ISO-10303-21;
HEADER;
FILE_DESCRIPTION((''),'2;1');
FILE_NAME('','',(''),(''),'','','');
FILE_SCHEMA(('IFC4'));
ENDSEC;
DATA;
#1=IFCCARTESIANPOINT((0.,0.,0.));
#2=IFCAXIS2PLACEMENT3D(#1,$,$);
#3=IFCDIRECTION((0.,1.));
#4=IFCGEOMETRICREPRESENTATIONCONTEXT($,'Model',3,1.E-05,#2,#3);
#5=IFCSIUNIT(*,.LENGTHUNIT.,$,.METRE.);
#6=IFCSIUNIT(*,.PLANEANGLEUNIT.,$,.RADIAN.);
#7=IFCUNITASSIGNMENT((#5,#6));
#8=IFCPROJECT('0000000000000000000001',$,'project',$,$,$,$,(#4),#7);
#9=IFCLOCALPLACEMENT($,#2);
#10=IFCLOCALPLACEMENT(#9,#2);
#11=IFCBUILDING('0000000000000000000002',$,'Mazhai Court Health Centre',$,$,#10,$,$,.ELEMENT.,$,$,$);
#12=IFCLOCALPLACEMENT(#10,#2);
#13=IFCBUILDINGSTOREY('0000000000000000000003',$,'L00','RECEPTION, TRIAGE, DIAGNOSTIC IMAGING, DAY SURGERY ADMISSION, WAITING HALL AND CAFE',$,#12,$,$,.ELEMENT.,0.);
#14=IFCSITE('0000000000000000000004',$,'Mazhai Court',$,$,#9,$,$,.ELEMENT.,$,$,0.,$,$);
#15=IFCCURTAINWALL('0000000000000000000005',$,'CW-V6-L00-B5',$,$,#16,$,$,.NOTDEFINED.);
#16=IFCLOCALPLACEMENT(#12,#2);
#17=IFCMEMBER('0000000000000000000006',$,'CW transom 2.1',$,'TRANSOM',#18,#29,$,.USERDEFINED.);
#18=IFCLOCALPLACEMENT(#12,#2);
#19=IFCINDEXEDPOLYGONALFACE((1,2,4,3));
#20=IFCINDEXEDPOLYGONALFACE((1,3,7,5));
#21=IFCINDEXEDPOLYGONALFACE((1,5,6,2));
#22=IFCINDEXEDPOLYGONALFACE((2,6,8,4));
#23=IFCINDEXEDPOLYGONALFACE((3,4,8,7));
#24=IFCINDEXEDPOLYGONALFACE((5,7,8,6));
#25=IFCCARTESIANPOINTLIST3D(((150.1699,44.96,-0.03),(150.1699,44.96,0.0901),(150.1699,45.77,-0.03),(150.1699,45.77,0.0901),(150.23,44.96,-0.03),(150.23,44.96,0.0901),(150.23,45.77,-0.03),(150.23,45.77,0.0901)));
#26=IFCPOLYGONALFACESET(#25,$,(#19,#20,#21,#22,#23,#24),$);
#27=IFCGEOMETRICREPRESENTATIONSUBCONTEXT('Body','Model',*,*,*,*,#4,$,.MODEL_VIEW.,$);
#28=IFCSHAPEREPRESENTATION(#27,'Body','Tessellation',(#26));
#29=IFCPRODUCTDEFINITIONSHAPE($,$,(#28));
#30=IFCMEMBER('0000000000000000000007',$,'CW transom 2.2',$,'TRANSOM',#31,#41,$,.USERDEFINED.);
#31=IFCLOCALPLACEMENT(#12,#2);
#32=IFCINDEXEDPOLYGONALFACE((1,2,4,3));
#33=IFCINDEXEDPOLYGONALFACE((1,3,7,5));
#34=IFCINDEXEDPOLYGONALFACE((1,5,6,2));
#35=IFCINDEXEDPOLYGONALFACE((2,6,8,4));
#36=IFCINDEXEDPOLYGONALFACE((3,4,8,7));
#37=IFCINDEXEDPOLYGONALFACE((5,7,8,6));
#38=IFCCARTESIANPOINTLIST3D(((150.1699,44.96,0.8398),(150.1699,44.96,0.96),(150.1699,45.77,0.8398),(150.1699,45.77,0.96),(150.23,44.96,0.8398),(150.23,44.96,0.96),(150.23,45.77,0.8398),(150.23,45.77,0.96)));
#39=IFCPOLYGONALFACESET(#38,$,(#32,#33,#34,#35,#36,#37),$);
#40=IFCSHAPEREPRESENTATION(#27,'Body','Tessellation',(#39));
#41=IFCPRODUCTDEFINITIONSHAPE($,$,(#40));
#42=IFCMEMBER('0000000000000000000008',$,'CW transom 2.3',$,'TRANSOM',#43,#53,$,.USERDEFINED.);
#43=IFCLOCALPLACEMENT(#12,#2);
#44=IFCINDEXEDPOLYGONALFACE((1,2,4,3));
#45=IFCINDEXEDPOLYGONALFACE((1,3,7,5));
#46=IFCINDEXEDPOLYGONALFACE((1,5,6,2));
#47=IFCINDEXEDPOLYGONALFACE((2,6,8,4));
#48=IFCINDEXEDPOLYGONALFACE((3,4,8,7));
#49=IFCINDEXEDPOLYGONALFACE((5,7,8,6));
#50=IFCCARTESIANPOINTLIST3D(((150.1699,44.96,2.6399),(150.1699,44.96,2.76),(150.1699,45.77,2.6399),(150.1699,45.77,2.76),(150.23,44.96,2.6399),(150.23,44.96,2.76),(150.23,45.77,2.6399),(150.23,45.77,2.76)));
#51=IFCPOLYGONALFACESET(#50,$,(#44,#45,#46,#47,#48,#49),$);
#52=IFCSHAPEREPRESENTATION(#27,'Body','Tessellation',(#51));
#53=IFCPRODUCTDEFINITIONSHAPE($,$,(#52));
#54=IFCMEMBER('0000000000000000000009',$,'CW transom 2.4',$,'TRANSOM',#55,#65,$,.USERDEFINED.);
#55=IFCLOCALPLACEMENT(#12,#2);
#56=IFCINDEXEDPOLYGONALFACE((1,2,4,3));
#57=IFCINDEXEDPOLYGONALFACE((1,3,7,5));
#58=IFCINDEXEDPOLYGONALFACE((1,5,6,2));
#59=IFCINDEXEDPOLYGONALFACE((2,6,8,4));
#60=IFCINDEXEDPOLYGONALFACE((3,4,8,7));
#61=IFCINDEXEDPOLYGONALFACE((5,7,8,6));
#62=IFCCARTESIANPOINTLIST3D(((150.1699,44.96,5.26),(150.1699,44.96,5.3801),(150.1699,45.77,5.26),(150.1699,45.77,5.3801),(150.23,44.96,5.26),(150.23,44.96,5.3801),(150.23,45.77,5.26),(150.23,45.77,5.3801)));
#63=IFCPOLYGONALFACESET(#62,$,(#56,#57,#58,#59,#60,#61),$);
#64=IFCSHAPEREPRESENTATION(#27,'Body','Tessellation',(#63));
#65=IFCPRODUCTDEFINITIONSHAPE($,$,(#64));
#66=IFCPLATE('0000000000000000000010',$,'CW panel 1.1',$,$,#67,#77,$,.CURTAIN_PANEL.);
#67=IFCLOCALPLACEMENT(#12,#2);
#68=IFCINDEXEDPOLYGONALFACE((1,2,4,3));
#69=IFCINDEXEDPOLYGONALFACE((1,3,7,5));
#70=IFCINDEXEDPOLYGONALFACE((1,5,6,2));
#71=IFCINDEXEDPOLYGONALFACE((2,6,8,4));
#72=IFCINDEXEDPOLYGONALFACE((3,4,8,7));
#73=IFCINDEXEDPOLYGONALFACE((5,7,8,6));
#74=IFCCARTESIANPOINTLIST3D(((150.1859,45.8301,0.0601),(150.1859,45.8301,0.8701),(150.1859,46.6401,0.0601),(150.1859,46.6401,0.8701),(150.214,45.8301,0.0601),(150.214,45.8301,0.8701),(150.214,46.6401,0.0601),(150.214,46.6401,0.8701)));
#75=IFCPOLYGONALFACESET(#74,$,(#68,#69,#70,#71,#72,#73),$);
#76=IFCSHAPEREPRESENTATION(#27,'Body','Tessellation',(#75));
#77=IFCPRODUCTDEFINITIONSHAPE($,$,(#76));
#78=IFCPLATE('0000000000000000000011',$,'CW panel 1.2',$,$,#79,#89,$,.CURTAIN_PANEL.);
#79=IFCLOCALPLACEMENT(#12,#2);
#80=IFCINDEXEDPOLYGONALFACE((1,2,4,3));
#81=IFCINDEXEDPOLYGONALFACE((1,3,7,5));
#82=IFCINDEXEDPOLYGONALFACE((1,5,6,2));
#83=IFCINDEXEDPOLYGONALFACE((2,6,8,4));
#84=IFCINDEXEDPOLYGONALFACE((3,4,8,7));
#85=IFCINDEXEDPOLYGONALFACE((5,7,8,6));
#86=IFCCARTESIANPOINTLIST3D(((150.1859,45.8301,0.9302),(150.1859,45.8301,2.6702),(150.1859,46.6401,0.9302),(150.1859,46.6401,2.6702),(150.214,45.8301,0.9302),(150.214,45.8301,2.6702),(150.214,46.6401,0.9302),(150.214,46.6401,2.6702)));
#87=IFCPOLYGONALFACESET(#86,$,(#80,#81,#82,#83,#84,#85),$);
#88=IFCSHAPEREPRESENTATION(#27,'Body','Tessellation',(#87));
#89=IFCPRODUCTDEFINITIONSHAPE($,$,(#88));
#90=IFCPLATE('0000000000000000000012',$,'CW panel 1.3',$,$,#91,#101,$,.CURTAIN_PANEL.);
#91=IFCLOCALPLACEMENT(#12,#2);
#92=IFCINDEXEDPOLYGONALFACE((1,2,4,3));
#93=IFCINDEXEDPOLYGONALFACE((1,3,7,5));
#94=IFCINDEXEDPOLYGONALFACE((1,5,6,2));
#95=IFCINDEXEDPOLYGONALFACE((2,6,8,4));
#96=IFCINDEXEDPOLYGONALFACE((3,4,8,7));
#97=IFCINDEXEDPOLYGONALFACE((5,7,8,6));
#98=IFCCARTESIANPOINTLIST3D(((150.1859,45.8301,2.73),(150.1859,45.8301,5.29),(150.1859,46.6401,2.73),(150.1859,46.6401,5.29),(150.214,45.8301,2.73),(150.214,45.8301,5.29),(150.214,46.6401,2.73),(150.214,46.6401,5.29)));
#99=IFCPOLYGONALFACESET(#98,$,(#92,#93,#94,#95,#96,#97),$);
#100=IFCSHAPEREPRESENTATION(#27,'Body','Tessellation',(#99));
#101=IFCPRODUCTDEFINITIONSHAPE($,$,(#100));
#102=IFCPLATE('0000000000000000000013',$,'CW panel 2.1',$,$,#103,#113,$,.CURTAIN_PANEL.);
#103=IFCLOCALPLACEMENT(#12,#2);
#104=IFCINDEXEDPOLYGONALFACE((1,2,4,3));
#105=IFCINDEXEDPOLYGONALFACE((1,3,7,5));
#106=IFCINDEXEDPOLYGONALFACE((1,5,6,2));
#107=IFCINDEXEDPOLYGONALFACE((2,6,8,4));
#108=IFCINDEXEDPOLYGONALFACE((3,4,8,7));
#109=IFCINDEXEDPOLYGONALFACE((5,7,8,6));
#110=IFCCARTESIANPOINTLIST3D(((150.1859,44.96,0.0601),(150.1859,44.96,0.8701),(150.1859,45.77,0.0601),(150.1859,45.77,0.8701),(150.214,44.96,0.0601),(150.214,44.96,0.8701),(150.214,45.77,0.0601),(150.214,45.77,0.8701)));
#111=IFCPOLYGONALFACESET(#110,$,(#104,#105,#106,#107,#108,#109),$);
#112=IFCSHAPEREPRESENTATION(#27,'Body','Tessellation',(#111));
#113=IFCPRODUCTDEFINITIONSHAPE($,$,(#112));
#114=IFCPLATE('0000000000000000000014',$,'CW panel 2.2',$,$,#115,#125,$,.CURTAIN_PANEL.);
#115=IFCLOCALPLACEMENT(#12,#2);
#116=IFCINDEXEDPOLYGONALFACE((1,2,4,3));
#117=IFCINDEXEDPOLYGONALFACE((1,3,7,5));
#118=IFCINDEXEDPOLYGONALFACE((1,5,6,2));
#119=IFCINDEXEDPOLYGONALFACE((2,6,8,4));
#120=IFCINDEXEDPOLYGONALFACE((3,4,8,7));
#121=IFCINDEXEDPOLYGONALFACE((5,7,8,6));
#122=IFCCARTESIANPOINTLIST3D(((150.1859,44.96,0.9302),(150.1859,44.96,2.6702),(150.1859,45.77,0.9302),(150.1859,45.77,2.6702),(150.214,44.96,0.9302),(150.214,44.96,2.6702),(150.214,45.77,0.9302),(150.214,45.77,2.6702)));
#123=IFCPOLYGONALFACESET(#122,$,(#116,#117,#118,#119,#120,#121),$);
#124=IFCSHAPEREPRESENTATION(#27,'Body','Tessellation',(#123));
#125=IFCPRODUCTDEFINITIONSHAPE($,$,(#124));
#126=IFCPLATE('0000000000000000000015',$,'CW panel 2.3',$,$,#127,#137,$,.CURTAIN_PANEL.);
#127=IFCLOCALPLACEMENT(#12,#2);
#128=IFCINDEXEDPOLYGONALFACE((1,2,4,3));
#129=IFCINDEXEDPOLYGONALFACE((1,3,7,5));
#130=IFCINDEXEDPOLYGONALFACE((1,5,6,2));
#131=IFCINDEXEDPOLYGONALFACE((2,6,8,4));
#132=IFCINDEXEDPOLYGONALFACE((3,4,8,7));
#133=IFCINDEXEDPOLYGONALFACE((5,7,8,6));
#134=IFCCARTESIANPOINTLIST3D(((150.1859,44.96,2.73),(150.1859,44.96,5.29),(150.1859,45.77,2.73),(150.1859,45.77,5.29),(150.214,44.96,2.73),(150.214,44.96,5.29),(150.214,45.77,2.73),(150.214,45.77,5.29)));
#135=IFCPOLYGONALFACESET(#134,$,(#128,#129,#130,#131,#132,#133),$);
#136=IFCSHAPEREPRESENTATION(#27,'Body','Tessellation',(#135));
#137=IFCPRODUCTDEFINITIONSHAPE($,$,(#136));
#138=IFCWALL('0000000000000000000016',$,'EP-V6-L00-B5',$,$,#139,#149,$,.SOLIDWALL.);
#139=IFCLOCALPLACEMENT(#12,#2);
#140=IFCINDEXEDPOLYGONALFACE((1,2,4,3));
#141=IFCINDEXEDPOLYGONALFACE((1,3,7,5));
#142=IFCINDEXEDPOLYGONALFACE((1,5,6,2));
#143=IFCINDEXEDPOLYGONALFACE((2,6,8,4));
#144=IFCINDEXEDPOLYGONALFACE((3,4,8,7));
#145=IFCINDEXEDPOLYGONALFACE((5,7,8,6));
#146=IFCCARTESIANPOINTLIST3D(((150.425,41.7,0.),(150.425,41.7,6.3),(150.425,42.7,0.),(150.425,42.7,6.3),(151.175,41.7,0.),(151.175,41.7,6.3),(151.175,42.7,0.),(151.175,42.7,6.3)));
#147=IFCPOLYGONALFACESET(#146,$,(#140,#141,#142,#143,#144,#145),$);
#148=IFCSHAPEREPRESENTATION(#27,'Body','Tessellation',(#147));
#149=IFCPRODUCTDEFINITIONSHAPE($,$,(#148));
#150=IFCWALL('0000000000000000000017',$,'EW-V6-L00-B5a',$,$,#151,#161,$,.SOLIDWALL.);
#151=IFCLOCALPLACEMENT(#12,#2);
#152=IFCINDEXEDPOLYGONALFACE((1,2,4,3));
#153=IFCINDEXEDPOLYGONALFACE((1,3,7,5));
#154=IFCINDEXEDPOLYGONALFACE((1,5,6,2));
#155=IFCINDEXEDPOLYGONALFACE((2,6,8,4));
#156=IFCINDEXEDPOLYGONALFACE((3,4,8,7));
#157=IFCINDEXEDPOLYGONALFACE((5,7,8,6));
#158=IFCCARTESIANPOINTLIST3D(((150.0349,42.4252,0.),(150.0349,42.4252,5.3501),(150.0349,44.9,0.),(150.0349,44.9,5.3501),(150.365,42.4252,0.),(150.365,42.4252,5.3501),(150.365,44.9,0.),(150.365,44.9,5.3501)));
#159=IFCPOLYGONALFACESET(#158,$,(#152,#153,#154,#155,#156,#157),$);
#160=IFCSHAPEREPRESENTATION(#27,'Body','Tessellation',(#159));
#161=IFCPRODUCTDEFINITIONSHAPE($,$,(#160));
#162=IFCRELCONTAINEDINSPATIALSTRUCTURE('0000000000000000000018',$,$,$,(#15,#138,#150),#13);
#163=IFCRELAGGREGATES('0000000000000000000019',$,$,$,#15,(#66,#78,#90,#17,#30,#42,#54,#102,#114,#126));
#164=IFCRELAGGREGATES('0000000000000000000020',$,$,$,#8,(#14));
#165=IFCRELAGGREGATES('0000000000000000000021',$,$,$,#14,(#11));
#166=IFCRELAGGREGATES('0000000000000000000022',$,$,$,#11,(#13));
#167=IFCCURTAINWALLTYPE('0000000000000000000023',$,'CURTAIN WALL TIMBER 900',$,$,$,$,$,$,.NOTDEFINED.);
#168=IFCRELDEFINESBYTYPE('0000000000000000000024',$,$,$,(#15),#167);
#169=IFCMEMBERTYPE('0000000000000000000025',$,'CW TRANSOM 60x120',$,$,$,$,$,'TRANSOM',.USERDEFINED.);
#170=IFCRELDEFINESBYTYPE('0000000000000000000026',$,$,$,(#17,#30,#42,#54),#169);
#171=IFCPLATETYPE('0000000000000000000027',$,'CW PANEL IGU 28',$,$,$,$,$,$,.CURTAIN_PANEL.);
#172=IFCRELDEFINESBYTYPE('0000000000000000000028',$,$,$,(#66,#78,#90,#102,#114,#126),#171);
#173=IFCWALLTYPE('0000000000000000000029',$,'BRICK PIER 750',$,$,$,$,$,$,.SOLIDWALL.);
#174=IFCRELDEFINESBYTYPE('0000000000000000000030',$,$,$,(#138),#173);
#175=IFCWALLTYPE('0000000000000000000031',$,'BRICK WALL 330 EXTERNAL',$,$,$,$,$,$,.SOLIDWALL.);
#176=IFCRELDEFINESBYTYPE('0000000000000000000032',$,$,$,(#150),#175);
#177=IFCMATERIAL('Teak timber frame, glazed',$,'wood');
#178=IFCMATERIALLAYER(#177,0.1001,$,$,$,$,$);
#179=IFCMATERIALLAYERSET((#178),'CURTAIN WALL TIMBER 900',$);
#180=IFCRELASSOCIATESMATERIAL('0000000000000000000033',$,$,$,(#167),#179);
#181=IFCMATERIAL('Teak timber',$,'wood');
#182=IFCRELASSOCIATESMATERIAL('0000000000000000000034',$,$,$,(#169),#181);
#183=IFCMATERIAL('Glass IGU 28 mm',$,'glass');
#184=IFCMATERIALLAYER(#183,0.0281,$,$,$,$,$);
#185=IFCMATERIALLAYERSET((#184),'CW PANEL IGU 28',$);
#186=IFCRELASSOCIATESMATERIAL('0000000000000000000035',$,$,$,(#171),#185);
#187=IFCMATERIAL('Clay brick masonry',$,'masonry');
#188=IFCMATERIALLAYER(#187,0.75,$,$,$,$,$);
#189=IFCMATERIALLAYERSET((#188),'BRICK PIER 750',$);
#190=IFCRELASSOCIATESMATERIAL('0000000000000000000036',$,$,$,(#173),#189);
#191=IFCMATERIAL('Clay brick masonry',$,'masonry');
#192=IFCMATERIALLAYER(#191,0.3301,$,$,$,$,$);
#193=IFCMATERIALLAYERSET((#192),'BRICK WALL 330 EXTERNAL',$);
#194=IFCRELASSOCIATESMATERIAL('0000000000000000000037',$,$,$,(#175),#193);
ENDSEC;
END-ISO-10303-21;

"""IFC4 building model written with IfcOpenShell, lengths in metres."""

from ifc_helpers import new_model, si_unit, direction, frame, frame_2d, origin, origin_2d, place, context, subcontext, project, spatial, rectangle, extrude, material, layer, layer_set, material_profile, profile_set, type_object, element, aggregate, save


model = new_model("IFC4")

# Units and contexts
model_context = context("Model", 3, precision=1e-05, world=origin(), true_north=direction((0.0, 1.0)))
body_context = subcontext(model_context, "Body", "Model", "MODEL_VIEW")
ifc_project = project(units=[si_unit("LENGTHUNIT", "METRE"), si_unit("PLANEANGLEUNIT", "RADIAN")], contexts=[model_context])

# Site, building, storey
site_placement = place(None, origin())
site = spatial("IfcSite", under=ifc_project, at=site_placement, Name="Mazhai Court", CompositionType="ELEMENT", RefElevation=0.0)
building_placement = place(site_placement, origin())
building = spatial("IfcBuilding", under=site, at=building_placement, Name="Mazhai Court Health Centre", CompositionType="ELEMENT")
storey_placement = place(building_placement, origin())
storey = spatial("IfcBuildingStorey", under=building, at=storey_placement, Name="L00", Description="RECEPTION, TRIAGE, DIAGNOSTIC IMAGING, DAY SURGERY ADMISSION, WAITING HALL AND CAFE", CompositionType="ELEMENT", Elevation=0.0)

# Curtain wall, members, plates
ifc_material_1 = material(Name="Teak timber frame, glazed", Category="wood")
ifc_layer_1 = layer(ifc_material_1, 0.1001)
ifc_layer_set_1 = layer_set([ifc_layer_1], Name="CURTAIN WALL TIMBER 900")
curtain_wall_type = type_object("IfcCurtainWallType", Name="CURTAIN WALL TIMBER 900", PredefinedType="NOTDEFINED", material=ifc_layer_set_1)
curtain_wall_placement = place(storey_placement, origin())
curtain_wall = element("IfcCurtainWall", 1, at=curtain_wall_placement, inside=storey, type_object=curtain_wall_type, Name="CW-V6-L00-B5", PredefinedType="NOTDEFINED")
ifc_material_2 = material(Name="Teak timber", Category="wood")
ifc_material_profile_1 = material_profile(ifc_material_2, rectangle(XDim=0.0601, YDim=0.1201, at=origin_2d()), Name="CW TRANSOM 60x120")
ifc_profile_set_1 = profile_set([ifc_material_profile_1], Name="Teak timber")
member_type_1 = type_object("IfcMemberType", Name="CW TRANSOM 60x120", ElementType="TRANSOM", PredefinedType="USERDEFINED", material=ifc_profile_set_1)
member_1_placement = place(storey_placement, frame((150.2, 45.77, 0.03), z_axis=(0.0, -1.0, 0.0), x_axis=(1.0, 0.0, 0.0)))
member_1 = element("IfcMember", 2, at=member_1_placement, type_object=member_type_1, Name="CW transom 2.1", ObjectType="TRANSOM", PredefinedType="USERDEFINED", context=body_context, shape_type="SweptSolid", body=[
    extrude(rectangle(XDim=0.0601, YDim=0.1201, at=origin_2d()), origin(), (0.0, 0.0, 1.0), 0.8101),
])
member_2_placement = place(storey_placement, frame((150.2, 45.77, 0.8999), z_axis=(0.0, -1.0, 0.0), x_axis=(1.0, 0.0, 0.0)))
member_2 = element("IfcMember", 3, at=member_2_placement, type_object=member_type_1, Name="CW transom 2.2", ObjectType="TRANSOM", PredefinedType="USERDEFINED", context=body_context, shape_type="SweptSolid", body=[
    extrude(rectangle(XDim=0.0601, YDim=0.1201, at=origin_2d()), origin(), (0.0, 0.0, 1.0), 0.8101),
])
member_3_placement = place(storey_placement, frame((150.2, 45.77, 2.7), z_axis=(0.0, -1.0, 0.0), x_axis=(1.0, 0.0, 0.0)))
member_3 = element("IfcMember", 4, at=member_3_placement, type_object=member_type_1, Name="CW transom 2.3", ObjectType="TRANSOM", PredefinedType="USERDEFINED", context=body_context, shape_type="SweptSolid", body=[
    extrude(rectangle(XDim=0.0601, YDim=0.1201, at=origin_2d()), origin(), (0.0, 0.0, 1.0), 0.8101),
])
member_4_placement = place(storey_placement, frame((150.2, 45.77, 5.3201), z_axis=(0.0, -1.0, 0.0), x_axis=(1.0, 0.0, 0.0)))
member_4 = element("IfcMember", 5, at=member_4_placement, type_object=member_type_1, Name="CW transom 2.4", ObjectType="TRANSOM", PredefinedType="USERDEFINED", context=body_context, shape_type="SweptSolid", body=[
    extrude(rectangle(XDim=0.0601, YDim=0.1201, at=origin_2d()), origin(), (0.0, 0.0, 1.0), 0.8101),
])
ifc_material_3 = material(Name="Glass IGU 28 mm", Category="glass")
ifc_layer_2 = layer(ifc_material_3, 0.0281)
ifc_layer_set_2 = layer_set([ifc_layer_2], Name="CW PANEL IGU 28")
plate_type = type_object("IfcPlateType", Name="CW PANEL IGU 28", PredefinedType="CURTAIN_PANEL", material=ifc_layer_set_2)
plate_1_placement = place(storey_placement, frame((150.2, 46.2351, 0.0601), z_axis=(0.0, 0.0, 1.0), x_axis=(0.0, -1.0, 0.0)))
plate_1 = element("IfcPlate", 6, at=plate_1_placement, type_object=plate_type, Name="CW panel 1.1", PredefinedType="CURTAIN_PANEL", context=body_context, shape_type="SweptSolid", body=[
    extrude(rectangle(XDim=0.8101, YDim=0.0281, at=origin_2d()), origin(), (0.0, 0.0, 1.0), 0.8101),
])
plate_2_placement = place(storey_placement, frame((150.2, 46.2351, 0.9302), z_axis=(0.0, 0.0, 1.0), x_axis=(0.0, -1.0, 0.0)))
plate_2 = element("IfcPlate", 7, at=plate_2_placement, type_object=plate_type, Name="CW panel 1.2", PredefinedType="CURTAIN_PANEL", context=body_context, shape_type="SweptSolid", body=[
    extrude(rectangle(XDim=0.8101, YDim=0.0281, at=origin_2d()), origin(), (0.0, 0.0, 1.0), 1.74),
])
plate_3_placement = place(storey_placement, frame((150.2, 46.2351, 2.73), z_axis=(0.0, 0.0, 1.0), x_axis=(0.0, -1.0, 0.0)))
plate_3 = element("IfcPlate", 8, at=plate_3_placement, type_object=plate_type, Name="CW panel 1.3", PredefinedType="CURTAIN_PANEL", context=body_context, shape_type="SweptSolid", body=[
    extrude(rectangle(XDim=0.8101, YDim=0.0281, at=origin_2d()), origin(), (0.0, 0.0, 1.0), 2.5601),
])
plate_4_placement = place(storey_placement, frame((150.2, 45.365, 0.0601), z_axis=(0.0, 0.0, 1.0), x_axis=(0.0, -1.0, 0.0)))
plate_4 = element("IfcPlate", 9, at=plate_4_placement, type_object=plate_type, Name="CW panel 2.1", PredefinedType="CURTAIN_PANEL", context=body_context, shape_type="SweptSolid", body=[
    extrude(rectangle(XDim=0.8101, YDim=0.0281, at=origin_2d()), origin(), (0.0, 0.0, 1.0), 0.8101),
])
plate_5_placement = place(storey_placement, frame((150.2, 45.365, 0.9302), z_axis=(0.0, 0.0, 1.0), x_axis=(0.0, -1.0, 0.0)))
plate_5 = element("IfcPlate", 10, at=plate_5_placement, type_object=plate_type, Name="CW panel 2.2", PredefinedType="CURTAIN_PANEL", context=body_context, shape_type="SweptSolid", body=[
    extrude(rectangle(XDim=0.8101, YDim=0.0281, at=origin_2d()), origin(), (0.0, 0.0, 1.0), 1.74),
])
plate_6_placement = place(storey_placement, frame((150.2, 45.365, 2.73), z_axis=(0.0, 0.0, 1.0), x_axis=(0.0, -1.0, 0.0)))
plate_6 = element("IfcPlate", 11, at=plate_6_placement, type_object=plate_type, Name="CW panel 2.3", PredefinedType="CURTAIN_PANEL", context=body_context, shape_type="SweptSolid", body=[
    extrude(rectangle(XDim=0.8101, YDim=0.0281, at=origin_2d()), origin(), (0.0, 0.0, 1.0), 2.5601),
])
aggregate(curtain_wall, [plate_1, plate_2, plate_3, member_1, member_2, member_3, member_4, plate_4, plate_5, plate_6])

# Walls
ifc_material_4 = material(Name="Clay brick masonry", Category="masonry")
ifc_layer_3 = layer(ifc_material_4, 0.75)
ifc_layer_set_3 = layer_set([ifc_layer_3], Name="BRICK PIER 750")
wall_type_1 = type_object("IfcWallType", Name="BRICK PIER 750", PredefinedType="SOLIDWALL", material=ifc_layer_set_3)
wall_1_placement = place(storey_placement, frame((150.8, 42.7, 0.0), z_axis=(0.0, 0.0, 1.0), x_axis=(0.0, -1.0, 0.0)))
element("IfcWall", 12, at=wall_1_placement, inside=storey, type_object=wall_type_1, Name="EP-V6-L00-B5", PredefinedType="SOLIDWALL", context=body_context, shape_type="SweptSolid", body=[
    extrude(rectangle(XDim=1.0, YDim=0.75, at=frame_2d((0.5, 0.0))), origin(), (0.0, 0.0, 1.0), 6.3),
])
ifc_material_5 = material(Name="Clay brick masonry", Category="masonry")
ifc_layer_4 = layer(ifc_material_5, 0.3301)
ifc_layer_set_4 = layer_set([ifc_layer_4], Name="BRICK WALL 330 EXTERNAL")
wall_type_2 = type_object("IfcWallType", Name="BRICK WALL 330 EXTERNAL", PredefinedType="SOLIDWALL", material=ifc_layer_set_4)
wall_2_placement = place(storey_placement, frame((150.2, 44.8999, 0.0), z_axis=(0.0, 0.0, 1.0), x_axis=(0.0, -1.0, 0.0)))
element("IfcWall", 13, at=wall_2_placement, inside=storey, type_object=wall_type_2, Name="EW-V6-L00-B5a", PredefinedType="SOLIDWALL", context=body_context, shape_type="SweptSolid", body=[
    extrude(rectangle(XDim=2.4749, YDim=0.3301, at=frame_2d((1.2373, 0.0))), origin(), (0.0, 0.0, 1.0), 5.3501),
])

save(model, "model.ifc")
